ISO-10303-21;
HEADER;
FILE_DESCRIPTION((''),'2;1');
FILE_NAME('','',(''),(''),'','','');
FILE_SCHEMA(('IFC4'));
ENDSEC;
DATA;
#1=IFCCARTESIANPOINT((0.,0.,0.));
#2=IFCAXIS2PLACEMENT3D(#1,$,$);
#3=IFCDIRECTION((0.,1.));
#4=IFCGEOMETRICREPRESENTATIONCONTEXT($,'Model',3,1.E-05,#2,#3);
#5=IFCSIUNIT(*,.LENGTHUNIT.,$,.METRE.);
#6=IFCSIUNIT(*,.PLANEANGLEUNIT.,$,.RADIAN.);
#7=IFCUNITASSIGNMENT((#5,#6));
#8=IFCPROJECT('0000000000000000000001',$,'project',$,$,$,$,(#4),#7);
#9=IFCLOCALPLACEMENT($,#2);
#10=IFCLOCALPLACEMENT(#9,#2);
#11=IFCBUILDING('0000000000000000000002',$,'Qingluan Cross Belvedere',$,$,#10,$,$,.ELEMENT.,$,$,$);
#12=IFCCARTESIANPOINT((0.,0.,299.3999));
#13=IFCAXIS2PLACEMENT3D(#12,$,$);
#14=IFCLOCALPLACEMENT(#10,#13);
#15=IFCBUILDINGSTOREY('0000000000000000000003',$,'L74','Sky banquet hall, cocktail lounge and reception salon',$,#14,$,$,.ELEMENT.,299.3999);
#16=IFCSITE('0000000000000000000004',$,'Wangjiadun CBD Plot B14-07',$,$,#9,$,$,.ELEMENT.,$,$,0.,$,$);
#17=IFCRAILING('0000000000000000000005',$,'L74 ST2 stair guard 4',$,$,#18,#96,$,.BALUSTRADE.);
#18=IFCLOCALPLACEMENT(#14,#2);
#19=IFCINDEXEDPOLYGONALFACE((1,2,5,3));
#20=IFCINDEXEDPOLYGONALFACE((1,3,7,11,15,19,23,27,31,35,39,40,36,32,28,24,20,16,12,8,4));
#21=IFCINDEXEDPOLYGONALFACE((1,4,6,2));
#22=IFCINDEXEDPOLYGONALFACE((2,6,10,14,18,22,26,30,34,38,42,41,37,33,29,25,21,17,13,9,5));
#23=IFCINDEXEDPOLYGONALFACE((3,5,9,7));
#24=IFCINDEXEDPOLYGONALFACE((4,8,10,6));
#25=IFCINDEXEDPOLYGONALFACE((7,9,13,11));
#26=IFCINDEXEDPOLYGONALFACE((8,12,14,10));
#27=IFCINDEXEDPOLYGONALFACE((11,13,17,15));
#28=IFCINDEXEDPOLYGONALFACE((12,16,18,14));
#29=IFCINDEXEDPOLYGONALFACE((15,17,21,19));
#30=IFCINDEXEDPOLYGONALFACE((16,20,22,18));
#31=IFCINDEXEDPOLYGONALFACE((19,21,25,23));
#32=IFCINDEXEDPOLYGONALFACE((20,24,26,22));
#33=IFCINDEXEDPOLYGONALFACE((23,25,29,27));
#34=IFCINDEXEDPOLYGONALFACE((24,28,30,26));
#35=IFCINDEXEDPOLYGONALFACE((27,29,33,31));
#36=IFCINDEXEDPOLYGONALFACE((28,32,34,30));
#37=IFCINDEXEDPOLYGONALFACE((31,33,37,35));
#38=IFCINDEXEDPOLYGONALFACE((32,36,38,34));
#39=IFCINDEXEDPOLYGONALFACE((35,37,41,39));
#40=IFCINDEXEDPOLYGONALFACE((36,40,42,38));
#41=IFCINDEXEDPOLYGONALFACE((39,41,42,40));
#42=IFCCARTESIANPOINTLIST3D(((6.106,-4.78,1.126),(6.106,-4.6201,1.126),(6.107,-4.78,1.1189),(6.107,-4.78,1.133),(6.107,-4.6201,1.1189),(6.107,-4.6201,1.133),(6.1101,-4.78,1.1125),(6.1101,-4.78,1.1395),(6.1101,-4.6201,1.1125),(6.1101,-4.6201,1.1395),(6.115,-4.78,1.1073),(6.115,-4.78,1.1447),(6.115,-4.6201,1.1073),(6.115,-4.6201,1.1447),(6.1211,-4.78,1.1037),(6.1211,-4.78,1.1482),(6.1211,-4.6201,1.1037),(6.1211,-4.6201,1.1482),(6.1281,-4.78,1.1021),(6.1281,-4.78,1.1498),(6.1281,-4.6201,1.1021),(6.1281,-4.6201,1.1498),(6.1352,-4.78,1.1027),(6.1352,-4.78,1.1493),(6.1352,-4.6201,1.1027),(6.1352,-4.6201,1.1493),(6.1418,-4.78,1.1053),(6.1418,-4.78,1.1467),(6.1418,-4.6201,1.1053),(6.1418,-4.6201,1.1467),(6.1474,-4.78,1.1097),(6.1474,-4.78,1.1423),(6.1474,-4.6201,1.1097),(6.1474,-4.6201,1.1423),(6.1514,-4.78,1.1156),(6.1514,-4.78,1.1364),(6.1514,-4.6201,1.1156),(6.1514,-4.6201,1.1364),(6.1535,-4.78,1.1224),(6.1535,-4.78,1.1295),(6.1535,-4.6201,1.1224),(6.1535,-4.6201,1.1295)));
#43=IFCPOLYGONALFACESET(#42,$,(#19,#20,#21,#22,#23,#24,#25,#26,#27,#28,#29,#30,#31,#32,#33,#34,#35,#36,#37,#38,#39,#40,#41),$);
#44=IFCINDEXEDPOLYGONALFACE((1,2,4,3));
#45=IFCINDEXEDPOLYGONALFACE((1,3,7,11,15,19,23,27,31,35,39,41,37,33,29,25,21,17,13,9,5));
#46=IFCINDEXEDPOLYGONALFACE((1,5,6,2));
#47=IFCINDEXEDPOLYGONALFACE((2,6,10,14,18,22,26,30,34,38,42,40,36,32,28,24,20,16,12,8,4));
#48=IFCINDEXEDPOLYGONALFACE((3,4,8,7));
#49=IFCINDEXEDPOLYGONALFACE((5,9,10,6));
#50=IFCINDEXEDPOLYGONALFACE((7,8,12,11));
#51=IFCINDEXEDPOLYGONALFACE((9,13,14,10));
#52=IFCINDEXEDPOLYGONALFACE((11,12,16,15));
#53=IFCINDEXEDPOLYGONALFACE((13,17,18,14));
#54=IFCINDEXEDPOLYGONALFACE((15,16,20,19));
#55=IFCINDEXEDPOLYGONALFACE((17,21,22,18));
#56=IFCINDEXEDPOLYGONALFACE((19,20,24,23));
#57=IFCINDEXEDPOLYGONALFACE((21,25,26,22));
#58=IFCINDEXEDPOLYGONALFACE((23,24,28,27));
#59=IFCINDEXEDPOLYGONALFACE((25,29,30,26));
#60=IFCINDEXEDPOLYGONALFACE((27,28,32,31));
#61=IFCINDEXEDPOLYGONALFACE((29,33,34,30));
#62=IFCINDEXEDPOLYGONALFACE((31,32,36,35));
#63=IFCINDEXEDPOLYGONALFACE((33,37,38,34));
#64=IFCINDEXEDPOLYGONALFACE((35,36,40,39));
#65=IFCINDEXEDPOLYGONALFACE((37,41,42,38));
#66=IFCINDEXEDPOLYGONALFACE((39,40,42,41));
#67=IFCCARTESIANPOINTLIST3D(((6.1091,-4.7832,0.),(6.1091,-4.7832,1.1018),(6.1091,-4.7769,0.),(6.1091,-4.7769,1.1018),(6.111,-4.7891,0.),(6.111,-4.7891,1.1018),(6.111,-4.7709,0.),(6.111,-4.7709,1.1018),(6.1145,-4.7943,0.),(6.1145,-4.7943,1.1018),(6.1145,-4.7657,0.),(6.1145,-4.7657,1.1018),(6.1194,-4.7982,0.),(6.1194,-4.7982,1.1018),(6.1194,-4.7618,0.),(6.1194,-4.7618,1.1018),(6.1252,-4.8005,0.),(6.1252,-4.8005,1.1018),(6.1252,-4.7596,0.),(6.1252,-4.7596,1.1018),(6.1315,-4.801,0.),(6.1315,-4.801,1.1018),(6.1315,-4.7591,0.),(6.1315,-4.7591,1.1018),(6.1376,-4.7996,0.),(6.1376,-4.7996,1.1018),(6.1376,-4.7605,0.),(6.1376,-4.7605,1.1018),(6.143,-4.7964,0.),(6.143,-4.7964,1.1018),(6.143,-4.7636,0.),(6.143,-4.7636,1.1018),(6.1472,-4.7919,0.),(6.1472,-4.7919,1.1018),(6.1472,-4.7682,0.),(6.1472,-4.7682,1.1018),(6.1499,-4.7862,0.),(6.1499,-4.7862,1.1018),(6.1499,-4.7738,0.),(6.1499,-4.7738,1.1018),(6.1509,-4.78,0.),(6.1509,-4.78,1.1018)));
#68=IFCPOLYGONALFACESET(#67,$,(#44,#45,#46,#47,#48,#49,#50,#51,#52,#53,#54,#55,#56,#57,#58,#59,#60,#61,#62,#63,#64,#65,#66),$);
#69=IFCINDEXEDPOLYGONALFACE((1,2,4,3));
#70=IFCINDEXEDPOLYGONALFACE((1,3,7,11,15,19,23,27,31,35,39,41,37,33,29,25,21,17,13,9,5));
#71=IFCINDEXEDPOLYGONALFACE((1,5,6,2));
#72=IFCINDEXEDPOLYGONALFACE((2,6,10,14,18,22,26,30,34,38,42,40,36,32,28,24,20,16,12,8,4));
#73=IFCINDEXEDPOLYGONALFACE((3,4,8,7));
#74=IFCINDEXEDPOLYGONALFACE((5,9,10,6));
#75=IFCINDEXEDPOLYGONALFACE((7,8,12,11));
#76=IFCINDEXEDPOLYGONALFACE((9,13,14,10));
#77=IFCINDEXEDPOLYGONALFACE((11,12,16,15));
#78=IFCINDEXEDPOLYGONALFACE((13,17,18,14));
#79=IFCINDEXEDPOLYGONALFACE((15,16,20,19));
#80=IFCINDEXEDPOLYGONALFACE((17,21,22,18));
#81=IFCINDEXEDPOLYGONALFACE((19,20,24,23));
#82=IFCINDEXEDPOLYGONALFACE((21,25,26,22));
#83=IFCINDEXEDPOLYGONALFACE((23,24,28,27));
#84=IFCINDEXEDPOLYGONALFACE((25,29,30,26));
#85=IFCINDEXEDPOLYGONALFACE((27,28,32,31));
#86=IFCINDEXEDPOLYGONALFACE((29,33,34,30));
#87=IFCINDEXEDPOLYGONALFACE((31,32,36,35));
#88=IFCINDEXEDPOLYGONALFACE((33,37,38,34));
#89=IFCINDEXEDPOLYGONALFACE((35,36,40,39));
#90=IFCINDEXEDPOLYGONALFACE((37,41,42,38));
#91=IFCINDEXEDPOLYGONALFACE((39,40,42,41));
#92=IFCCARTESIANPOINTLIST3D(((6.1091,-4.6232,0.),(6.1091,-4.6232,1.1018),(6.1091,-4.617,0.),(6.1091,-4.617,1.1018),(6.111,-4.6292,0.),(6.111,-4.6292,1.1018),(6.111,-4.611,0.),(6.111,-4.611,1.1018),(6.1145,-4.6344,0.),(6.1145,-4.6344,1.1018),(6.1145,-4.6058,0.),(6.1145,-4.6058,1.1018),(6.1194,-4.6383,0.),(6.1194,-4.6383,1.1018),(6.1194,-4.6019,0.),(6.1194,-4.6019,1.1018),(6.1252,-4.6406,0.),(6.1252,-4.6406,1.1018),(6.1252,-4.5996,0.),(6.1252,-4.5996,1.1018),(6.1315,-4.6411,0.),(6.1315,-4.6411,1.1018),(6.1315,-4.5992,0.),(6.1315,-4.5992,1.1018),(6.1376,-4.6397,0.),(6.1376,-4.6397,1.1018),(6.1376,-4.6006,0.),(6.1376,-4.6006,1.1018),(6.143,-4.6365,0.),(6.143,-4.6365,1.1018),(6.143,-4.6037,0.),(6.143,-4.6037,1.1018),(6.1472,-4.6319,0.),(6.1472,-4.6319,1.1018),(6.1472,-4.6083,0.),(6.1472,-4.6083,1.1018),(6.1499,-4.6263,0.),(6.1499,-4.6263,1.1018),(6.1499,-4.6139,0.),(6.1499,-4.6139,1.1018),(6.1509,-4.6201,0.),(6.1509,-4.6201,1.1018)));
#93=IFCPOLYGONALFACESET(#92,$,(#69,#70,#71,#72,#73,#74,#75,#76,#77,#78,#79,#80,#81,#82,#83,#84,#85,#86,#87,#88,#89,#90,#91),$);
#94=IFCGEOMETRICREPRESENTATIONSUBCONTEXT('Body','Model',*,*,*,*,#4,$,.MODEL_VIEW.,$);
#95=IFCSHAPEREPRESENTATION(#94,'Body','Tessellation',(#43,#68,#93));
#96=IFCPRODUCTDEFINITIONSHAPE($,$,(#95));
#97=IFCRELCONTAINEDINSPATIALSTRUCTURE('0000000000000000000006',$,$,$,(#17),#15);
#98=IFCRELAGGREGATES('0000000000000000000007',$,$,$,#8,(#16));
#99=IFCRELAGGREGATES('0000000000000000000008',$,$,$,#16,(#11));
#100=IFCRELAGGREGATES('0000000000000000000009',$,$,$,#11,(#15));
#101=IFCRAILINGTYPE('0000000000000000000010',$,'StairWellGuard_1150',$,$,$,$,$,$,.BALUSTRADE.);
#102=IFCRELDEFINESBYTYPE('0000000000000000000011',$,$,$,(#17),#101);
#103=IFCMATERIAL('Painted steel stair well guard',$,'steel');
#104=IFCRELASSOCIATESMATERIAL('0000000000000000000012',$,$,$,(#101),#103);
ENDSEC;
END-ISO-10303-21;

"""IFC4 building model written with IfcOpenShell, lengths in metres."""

from ifc_helpers import new_model, si_unit, direction, frame, origin, origin_2d, place, context, subcontext, project, spatial, circle, extrude, material, type_object, element, save


model = new_model("IFC4")

# Units and contexts
model_context = context("Model", 3, precision=1e-05, world=origin(), true_north=direction((0.0, 1.0)))
body_context = subcontext(model_context, "Body", "Model", "MODEL_VIEW")
ifc_project = project(units=[si_unit("LENGTHUNIT", "METRE"), si_unit("PLANEANGLEUNIT", "RADIAN")], contexts=[model_context])

# Site, building, storey
site_placement = place(None, origin())
site = spatial("IfcSite", under=ifc_project, at=site_placement, Name="Wangjiadun CBD Plot B14-07", CompositionType="ELEMENT", RefElevation=0.0)
building_placement = place(site_placement, origin())
building = spatial("IfcBuilding", under=site, at=building_placement, Name="Qingluan Cross Belvedere", CompositionType="ELEMENT")
storey_placement = place(building_placement, frame((0.0, 0.0, 299.3999)))
storey = spatial("IfcBuildingStorey", under=building, at=storey_placement, Name="L74", Description="Sky banquet hall, cocktail lounge and reception salon", CompositionType="ELEMENT", Elevation=299.3999)

# Railing
ifc_material_1 = material(Name="Painted steel stair well guard", Category="steel")
railing_type_1 = type_object("IfcRailingType", Name="StairWellGuard_1150", PredefinedType="BALUSTRADE", material=ifc_material_1)
railing_1_placement = place(storey_placement, frame((6.1299, -4.78, 0.0)))
element("IfcRailing", 1, at=railing_1_placement, inside=storey, type_object=railing_type_1, Name="L74 ST2 stair guard 4", PredefinedType="BALUSTRADE", context=body_context, shape_type="SweptSolid", body=[
    extrude(circle(Radius=0.0239, at=origin_2d()), frame((0.0, 0.0, 1.126), z_axis=(0.0, 1.0, 0.0), x_axis=(-1.0, 0.0, 0.0)), (0.0, 0.0, 1.0), 0.1599),
    extrude(circle(Radius=0.021, at=origin_2d()), origin(), (0.0, 0.0, 1.0), 1.1018),
    extrude(circle(Radius=0.021, at=origin_2d()), frame((0.0, 0.1599, 0.0)), (0.0, 0.0, 1.0), 1.1018),
])

save(model, "model.ifc")
